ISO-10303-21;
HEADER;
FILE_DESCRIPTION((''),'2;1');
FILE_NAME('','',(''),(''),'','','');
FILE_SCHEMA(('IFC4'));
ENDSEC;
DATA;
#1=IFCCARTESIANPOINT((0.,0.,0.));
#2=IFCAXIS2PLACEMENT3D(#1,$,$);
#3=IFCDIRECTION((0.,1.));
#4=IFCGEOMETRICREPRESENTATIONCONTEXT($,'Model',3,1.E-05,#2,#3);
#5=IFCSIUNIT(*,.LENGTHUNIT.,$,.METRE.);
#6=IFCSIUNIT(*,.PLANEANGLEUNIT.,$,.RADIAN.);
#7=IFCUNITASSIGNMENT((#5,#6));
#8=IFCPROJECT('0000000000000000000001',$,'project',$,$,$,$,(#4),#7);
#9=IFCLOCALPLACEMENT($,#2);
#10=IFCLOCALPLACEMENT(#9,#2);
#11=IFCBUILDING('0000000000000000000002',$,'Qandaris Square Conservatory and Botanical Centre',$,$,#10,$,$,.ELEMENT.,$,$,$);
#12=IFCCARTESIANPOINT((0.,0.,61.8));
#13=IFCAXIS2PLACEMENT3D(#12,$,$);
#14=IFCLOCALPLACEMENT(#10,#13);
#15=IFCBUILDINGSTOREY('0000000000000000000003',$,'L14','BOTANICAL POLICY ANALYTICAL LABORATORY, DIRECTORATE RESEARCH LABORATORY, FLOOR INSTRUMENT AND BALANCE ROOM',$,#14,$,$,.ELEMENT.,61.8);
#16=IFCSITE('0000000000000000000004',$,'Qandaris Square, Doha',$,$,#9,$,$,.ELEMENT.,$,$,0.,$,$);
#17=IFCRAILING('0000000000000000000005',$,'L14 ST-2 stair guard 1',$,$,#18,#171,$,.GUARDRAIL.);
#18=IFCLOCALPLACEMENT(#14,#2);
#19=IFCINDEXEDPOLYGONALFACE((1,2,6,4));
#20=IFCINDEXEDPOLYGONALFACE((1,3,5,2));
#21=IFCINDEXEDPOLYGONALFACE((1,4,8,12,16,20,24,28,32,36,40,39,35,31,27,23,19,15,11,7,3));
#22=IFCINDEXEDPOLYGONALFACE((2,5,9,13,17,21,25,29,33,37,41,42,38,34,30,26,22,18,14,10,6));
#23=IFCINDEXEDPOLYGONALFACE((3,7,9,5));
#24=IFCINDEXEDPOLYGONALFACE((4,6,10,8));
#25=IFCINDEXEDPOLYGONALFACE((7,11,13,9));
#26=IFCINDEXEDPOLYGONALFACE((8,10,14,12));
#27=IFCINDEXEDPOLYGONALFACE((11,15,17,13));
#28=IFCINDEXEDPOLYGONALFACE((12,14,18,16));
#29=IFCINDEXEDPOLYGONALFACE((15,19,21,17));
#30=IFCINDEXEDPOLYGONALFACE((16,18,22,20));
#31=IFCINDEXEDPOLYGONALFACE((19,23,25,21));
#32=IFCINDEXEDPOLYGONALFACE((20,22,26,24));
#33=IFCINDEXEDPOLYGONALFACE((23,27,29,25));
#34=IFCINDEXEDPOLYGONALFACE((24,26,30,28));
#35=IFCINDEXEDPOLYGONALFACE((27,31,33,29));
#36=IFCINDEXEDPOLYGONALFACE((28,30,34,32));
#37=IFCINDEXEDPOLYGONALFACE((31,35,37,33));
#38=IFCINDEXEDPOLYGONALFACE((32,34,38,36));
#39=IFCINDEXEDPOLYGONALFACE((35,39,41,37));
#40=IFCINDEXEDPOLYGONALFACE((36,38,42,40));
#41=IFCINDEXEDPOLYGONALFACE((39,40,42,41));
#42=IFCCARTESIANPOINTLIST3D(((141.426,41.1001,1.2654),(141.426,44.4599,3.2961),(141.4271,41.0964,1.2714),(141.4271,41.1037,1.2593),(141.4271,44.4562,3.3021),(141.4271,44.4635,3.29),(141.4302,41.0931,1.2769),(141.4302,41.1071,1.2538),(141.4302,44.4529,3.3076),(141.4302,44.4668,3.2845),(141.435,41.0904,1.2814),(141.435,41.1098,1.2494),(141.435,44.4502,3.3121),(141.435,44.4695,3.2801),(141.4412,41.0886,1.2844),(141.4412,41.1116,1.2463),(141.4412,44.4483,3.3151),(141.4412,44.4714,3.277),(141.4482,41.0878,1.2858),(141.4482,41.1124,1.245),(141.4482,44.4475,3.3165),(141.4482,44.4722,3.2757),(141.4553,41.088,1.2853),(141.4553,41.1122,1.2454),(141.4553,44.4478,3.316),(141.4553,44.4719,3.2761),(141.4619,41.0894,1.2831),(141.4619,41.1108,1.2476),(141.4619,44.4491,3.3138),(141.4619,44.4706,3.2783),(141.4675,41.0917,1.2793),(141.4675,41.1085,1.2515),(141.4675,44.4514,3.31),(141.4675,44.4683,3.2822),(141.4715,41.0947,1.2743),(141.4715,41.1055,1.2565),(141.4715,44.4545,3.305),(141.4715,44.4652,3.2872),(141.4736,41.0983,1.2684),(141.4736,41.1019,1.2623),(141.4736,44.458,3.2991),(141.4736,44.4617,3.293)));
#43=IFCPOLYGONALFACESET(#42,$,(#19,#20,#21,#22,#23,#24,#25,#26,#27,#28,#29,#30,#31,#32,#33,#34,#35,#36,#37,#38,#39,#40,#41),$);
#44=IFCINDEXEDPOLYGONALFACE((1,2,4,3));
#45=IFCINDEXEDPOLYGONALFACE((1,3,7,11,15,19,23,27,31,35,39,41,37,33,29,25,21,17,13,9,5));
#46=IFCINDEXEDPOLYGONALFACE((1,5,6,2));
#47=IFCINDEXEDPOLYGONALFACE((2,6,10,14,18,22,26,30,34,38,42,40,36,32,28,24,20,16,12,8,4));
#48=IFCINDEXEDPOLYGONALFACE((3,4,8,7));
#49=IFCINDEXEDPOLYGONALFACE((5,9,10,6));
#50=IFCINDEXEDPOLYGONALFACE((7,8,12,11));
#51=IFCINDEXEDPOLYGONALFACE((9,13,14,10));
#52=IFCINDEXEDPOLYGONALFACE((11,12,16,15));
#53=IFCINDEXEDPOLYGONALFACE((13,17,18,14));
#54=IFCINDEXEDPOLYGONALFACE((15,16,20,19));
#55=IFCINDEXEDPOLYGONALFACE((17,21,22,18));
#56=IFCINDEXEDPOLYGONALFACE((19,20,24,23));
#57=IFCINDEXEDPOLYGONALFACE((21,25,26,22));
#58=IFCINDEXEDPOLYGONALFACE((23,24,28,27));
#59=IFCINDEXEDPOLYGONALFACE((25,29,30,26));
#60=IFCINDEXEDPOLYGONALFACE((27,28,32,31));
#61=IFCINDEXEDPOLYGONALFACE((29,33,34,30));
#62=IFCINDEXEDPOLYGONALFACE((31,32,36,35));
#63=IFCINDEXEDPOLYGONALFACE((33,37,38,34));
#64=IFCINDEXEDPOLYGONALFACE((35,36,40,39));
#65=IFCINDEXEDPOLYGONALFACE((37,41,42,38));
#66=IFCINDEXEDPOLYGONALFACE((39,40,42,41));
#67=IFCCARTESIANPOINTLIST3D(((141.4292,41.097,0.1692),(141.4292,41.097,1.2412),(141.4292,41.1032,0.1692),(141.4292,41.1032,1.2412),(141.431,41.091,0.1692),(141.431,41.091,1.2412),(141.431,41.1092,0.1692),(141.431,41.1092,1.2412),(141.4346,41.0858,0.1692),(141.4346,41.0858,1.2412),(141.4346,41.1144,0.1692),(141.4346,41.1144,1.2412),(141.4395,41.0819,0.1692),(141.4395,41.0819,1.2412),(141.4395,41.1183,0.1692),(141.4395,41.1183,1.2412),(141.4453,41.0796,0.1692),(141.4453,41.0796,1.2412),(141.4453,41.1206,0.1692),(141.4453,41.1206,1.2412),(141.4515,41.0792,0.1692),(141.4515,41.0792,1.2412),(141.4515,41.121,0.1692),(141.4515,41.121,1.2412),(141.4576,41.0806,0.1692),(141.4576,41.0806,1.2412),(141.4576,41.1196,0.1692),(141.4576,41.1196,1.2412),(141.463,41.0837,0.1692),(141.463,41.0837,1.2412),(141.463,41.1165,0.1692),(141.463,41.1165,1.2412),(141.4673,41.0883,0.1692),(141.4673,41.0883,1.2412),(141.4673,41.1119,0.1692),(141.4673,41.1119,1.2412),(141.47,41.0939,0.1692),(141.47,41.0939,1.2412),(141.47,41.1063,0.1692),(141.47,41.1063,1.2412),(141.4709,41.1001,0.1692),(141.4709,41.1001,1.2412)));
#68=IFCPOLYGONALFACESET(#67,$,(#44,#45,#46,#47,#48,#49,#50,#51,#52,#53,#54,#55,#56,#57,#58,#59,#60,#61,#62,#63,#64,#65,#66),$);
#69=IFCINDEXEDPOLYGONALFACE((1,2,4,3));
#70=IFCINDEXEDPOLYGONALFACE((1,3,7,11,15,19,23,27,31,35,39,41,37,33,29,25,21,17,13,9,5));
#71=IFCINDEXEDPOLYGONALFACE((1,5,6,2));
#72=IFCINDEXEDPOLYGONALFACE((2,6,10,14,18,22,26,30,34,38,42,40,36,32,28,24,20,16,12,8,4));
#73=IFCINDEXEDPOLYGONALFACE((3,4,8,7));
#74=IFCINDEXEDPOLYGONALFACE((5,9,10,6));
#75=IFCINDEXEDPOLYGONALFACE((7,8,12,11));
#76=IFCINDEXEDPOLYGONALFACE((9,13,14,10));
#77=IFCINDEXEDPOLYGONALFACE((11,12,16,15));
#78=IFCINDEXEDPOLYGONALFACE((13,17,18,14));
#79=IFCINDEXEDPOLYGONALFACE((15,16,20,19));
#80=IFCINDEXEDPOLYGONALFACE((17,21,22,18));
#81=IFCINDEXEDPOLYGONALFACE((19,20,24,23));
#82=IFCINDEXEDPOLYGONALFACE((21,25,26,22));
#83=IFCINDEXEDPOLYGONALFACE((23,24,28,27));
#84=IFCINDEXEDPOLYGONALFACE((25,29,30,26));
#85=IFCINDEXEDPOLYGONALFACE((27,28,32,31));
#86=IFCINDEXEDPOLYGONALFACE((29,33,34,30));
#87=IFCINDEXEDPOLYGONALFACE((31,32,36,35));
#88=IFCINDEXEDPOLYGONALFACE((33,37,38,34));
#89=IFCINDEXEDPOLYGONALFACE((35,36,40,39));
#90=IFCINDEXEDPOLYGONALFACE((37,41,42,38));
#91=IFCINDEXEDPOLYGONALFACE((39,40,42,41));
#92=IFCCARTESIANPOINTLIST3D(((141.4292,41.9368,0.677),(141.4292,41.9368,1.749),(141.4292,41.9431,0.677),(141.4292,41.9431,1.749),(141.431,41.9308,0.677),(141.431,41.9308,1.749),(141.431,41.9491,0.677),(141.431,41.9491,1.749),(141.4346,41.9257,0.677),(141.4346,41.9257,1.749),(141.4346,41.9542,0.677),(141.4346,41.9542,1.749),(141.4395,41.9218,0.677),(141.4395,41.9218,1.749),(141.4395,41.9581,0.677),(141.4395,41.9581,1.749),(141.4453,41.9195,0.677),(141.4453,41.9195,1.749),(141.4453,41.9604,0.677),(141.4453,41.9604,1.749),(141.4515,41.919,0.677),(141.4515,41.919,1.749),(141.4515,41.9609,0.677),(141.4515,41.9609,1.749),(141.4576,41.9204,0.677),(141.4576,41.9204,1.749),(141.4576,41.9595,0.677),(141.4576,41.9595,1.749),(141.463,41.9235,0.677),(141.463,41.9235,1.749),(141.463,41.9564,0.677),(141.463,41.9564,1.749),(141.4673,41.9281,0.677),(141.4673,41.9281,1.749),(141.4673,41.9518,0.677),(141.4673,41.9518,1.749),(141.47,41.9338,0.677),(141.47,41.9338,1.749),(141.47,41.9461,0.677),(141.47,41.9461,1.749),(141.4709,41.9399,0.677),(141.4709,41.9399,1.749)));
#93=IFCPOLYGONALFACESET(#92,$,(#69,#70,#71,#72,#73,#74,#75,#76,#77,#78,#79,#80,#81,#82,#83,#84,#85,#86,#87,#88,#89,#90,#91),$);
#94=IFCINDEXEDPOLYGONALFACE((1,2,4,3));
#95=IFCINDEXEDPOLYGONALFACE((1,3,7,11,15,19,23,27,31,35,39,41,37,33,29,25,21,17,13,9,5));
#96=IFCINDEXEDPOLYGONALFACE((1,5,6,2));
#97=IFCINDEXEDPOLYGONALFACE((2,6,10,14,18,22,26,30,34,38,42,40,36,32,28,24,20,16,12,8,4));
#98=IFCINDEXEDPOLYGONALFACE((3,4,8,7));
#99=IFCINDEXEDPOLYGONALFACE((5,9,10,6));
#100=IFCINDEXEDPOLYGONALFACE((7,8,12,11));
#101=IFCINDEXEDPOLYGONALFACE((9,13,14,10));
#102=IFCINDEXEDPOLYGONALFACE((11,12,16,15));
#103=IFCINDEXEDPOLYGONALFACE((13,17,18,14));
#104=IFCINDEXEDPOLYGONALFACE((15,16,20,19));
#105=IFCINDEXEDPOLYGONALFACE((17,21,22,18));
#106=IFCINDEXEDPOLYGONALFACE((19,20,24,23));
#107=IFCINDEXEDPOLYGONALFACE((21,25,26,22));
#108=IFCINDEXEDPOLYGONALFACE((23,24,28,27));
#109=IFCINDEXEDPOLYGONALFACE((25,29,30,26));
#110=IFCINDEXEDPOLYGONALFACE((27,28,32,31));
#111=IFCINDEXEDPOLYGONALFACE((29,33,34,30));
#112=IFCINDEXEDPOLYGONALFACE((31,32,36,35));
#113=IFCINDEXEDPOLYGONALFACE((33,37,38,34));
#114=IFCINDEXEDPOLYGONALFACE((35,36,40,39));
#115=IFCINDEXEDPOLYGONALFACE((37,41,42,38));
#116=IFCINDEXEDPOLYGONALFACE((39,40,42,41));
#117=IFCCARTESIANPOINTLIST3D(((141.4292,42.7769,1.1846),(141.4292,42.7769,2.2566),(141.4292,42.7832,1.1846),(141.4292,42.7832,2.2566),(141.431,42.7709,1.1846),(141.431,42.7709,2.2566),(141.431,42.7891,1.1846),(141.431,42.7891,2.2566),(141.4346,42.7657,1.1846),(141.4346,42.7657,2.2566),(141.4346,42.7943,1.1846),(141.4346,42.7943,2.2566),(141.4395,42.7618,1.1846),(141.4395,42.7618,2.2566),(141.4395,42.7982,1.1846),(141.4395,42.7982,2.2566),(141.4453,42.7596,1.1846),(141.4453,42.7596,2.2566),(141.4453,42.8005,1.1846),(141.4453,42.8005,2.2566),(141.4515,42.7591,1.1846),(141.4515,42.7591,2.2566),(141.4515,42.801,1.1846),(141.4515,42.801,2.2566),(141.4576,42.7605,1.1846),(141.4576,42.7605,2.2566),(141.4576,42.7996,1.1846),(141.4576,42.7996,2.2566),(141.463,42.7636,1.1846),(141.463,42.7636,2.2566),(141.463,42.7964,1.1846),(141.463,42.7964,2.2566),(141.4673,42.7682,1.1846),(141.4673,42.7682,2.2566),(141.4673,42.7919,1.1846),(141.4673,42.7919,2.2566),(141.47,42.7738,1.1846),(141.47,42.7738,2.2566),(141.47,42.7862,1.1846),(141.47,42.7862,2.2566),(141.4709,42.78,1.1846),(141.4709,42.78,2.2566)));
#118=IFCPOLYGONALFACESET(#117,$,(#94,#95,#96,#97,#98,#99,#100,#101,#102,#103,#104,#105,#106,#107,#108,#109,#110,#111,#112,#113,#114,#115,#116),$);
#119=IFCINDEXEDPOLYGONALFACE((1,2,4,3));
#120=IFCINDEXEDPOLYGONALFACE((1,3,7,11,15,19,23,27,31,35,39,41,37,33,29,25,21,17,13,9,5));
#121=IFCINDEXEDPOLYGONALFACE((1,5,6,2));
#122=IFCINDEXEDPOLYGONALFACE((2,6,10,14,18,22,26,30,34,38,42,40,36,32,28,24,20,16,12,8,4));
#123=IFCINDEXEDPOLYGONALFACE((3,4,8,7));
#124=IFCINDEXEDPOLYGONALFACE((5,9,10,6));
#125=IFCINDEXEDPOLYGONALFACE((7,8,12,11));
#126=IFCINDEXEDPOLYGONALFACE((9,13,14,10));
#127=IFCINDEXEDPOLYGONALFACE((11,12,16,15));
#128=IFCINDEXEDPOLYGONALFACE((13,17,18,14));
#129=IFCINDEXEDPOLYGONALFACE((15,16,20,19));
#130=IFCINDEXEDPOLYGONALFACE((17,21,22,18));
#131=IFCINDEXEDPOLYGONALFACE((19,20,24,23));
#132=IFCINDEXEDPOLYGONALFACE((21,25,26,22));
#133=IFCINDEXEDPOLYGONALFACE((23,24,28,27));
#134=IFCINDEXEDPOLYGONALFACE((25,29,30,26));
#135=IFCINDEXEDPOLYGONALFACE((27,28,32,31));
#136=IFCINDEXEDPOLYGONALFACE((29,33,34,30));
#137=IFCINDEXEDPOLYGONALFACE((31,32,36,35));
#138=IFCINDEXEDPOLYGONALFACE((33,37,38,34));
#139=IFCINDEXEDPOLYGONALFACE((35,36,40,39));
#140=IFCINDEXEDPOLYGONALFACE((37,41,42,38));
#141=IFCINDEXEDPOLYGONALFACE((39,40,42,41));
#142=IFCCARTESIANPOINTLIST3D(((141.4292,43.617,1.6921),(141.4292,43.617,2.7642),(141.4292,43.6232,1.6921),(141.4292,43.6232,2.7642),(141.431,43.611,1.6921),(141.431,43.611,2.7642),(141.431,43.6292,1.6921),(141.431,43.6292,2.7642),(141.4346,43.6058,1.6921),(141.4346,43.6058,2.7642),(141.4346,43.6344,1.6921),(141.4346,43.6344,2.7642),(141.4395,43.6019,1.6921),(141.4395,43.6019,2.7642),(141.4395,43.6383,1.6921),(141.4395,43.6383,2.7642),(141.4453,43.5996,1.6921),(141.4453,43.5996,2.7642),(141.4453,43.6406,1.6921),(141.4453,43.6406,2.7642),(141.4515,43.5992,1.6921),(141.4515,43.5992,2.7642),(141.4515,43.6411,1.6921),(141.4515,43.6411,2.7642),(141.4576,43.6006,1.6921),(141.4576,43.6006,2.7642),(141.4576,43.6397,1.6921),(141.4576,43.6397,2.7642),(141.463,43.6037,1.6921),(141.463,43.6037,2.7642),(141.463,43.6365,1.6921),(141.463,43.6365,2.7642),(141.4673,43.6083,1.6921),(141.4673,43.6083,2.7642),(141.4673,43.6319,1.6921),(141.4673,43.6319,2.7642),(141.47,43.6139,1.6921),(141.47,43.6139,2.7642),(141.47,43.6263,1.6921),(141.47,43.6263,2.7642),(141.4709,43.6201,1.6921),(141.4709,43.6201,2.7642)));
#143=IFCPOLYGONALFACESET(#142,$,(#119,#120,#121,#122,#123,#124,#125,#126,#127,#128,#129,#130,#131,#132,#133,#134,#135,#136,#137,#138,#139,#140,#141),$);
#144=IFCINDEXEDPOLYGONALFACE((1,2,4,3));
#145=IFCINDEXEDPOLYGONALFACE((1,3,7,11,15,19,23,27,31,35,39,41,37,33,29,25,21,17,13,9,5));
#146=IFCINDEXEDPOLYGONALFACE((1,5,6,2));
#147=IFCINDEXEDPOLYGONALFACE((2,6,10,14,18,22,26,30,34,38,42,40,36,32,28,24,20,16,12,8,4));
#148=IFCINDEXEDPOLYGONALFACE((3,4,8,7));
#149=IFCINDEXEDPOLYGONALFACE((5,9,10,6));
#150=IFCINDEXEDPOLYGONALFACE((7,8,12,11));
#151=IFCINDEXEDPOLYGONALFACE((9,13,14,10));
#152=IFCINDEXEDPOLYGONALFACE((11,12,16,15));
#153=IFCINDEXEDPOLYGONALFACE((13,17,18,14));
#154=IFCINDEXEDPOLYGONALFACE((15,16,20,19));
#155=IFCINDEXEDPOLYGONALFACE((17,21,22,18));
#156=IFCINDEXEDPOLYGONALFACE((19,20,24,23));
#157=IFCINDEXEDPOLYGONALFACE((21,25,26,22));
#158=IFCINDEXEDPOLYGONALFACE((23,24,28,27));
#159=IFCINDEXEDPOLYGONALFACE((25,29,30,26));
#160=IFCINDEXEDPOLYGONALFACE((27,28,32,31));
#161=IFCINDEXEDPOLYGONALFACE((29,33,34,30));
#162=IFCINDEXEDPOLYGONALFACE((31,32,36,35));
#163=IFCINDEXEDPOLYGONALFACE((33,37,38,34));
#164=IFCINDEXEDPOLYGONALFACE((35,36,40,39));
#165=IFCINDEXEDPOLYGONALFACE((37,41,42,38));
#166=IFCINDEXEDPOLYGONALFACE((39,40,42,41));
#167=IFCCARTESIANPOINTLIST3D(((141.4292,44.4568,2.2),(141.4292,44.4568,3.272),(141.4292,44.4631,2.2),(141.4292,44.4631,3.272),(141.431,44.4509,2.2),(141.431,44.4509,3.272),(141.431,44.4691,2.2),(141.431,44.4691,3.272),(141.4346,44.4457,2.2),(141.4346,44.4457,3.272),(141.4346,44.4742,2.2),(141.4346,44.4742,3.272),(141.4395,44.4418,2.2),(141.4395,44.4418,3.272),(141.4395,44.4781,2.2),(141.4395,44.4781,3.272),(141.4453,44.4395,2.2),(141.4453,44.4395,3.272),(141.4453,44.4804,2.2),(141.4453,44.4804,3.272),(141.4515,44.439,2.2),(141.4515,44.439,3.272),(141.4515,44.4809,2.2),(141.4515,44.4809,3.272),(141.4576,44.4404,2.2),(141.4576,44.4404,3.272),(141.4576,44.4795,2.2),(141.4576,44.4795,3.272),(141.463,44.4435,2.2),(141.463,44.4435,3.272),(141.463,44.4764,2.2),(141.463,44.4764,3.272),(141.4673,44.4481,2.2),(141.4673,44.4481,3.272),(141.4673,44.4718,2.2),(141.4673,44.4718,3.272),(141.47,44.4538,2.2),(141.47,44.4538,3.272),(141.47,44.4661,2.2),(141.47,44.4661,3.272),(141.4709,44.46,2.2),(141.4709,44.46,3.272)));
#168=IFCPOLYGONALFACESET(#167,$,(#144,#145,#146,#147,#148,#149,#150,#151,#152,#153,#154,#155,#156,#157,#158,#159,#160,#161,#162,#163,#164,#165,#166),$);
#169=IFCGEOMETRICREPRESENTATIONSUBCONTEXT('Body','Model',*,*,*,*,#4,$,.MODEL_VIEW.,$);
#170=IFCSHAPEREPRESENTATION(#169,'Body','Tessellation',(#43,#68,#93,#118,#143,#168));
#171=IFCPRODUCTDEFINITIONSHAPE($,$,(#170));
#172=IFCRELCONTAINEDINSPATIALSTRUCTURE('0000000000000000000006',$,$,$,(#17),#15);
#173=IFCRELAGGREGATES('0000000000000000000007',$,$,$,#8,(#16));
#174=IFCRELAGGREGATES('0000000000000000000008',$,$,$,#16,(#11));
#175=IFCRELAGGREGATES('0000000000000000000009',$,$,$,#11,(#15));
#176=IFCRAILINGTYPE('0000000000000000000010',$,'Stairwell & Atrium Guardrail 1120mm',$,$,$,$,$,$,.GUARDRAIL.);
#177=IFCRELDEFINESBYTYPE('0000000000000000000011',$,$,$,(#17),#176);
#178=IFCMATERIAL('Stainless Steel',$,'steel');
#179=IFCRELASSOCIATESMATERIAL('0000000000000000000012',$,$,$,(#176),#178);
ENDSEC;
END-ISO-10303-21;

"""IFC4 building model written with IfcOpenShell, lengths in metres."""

from ifc_helpers import new_model, si_unit, direction, frame, origin, origin_2d, place, context, subcontext, project, spatial, circle, extrude, material, type_object, element, save


model = new_model("IFC4")

# Units and contexts
model_context = context("Model", 3, precision=1e-05, world=origin(), true_north=direction((0.0, 1.0)))
body_context = subcontext(model_context, "Body", "Model", "MODEL_VIEW")
ifc_project = project(units=[si_unit("LENGTHUNIT", "METRE"), si_unit("PLANEANGLEUNIT", "RADIAN")], contexts=[model_context])

# Site, building, storey
site_placement = place(None, origin())
site = spatial("IfcSite", under=ifc_project, at=site_placement, Name="Qandaris Square, Doha", CompositionType="ELEMENT", RefElevation=0.0)
building_placement = place(site_placement, origin())
building = spatial("IfcBuilding", under=site, at=building_placement, Name="Qandaris Square Conservatory and Botanical Centre", CompositionType="ELEMENT")
storey_placement = place(building_placement, frame((0.0, 0.0, 61.8)))
storey = spatial("IfcBuildingStorey", under=building, at=storey_placement, Name="L14", Description="BOTANICAL POLICY ANALYTICAL LABORATORY, DIRECTORATE RESEARCH LABORATORY, FLOOR INSTRUMENT AND BALANCE ROOM", CompositionType="ELEMENT", Elevation=61.8)

# Railing
ifc_material_1 = material(Name="Stainless Steel", Category="steel")
railing_type_1 = type_object("IfcRailingType", Name="Stairwell & Atrium Guardrail 1120mm", PredefinedType="GUARDRAIL", material=ifc_material_1)
railing_1_placement = place(storey_placement, frame((141.45, 41.1001, 0.1692)))
element("IfcRailing", 1, at=railing_1_placement, inside=storey, type_object=railing_type_1, Name="L14 ST-2 stair guard 1", PredefinedType="GUARDRAIL", context=body_context, shape_type="SweptSolid", body=[
    extrude(circle(Radius=0.0239, at=origin_2d()), frame((0.0, 0.0, 1.0962), z_axis=(0.0, 0.85582, 0.517273), x_axis=(-1.0, 0.0, 0.0)), (0.0, 0.0, 1.0), 3.9258),
    extrude(circle(Radius=0.021, at=origin_2d()), origin(), (0.0, 0.0, 1.0), 1.072),
    extrude(circle(Radius=0.021, at=origin_2d()), frame((0.0, 0.8398, 0.5078)), (0.0, 0.0, 1.0), 1.072),
    extrude(circle(Radius=0.021, at=origin_2d()), frame((0.0, 1.6799, 1.0154)), (0.0, 0.0, 1.0), 1.072),
    extrude(circle(Radius=0.021, at=origin_2d()), frame((0.0, 2.52, 1.5229)), (0.0, 0.0, 1.0), 1.072),
    extrude(circle(Radius=0.021, at=origin_2d()), frame((0.0, 3.3599, 2.0308)), (0.0, 0.0, 1.0), 1.072),
])

save(model, "model.ifc")
